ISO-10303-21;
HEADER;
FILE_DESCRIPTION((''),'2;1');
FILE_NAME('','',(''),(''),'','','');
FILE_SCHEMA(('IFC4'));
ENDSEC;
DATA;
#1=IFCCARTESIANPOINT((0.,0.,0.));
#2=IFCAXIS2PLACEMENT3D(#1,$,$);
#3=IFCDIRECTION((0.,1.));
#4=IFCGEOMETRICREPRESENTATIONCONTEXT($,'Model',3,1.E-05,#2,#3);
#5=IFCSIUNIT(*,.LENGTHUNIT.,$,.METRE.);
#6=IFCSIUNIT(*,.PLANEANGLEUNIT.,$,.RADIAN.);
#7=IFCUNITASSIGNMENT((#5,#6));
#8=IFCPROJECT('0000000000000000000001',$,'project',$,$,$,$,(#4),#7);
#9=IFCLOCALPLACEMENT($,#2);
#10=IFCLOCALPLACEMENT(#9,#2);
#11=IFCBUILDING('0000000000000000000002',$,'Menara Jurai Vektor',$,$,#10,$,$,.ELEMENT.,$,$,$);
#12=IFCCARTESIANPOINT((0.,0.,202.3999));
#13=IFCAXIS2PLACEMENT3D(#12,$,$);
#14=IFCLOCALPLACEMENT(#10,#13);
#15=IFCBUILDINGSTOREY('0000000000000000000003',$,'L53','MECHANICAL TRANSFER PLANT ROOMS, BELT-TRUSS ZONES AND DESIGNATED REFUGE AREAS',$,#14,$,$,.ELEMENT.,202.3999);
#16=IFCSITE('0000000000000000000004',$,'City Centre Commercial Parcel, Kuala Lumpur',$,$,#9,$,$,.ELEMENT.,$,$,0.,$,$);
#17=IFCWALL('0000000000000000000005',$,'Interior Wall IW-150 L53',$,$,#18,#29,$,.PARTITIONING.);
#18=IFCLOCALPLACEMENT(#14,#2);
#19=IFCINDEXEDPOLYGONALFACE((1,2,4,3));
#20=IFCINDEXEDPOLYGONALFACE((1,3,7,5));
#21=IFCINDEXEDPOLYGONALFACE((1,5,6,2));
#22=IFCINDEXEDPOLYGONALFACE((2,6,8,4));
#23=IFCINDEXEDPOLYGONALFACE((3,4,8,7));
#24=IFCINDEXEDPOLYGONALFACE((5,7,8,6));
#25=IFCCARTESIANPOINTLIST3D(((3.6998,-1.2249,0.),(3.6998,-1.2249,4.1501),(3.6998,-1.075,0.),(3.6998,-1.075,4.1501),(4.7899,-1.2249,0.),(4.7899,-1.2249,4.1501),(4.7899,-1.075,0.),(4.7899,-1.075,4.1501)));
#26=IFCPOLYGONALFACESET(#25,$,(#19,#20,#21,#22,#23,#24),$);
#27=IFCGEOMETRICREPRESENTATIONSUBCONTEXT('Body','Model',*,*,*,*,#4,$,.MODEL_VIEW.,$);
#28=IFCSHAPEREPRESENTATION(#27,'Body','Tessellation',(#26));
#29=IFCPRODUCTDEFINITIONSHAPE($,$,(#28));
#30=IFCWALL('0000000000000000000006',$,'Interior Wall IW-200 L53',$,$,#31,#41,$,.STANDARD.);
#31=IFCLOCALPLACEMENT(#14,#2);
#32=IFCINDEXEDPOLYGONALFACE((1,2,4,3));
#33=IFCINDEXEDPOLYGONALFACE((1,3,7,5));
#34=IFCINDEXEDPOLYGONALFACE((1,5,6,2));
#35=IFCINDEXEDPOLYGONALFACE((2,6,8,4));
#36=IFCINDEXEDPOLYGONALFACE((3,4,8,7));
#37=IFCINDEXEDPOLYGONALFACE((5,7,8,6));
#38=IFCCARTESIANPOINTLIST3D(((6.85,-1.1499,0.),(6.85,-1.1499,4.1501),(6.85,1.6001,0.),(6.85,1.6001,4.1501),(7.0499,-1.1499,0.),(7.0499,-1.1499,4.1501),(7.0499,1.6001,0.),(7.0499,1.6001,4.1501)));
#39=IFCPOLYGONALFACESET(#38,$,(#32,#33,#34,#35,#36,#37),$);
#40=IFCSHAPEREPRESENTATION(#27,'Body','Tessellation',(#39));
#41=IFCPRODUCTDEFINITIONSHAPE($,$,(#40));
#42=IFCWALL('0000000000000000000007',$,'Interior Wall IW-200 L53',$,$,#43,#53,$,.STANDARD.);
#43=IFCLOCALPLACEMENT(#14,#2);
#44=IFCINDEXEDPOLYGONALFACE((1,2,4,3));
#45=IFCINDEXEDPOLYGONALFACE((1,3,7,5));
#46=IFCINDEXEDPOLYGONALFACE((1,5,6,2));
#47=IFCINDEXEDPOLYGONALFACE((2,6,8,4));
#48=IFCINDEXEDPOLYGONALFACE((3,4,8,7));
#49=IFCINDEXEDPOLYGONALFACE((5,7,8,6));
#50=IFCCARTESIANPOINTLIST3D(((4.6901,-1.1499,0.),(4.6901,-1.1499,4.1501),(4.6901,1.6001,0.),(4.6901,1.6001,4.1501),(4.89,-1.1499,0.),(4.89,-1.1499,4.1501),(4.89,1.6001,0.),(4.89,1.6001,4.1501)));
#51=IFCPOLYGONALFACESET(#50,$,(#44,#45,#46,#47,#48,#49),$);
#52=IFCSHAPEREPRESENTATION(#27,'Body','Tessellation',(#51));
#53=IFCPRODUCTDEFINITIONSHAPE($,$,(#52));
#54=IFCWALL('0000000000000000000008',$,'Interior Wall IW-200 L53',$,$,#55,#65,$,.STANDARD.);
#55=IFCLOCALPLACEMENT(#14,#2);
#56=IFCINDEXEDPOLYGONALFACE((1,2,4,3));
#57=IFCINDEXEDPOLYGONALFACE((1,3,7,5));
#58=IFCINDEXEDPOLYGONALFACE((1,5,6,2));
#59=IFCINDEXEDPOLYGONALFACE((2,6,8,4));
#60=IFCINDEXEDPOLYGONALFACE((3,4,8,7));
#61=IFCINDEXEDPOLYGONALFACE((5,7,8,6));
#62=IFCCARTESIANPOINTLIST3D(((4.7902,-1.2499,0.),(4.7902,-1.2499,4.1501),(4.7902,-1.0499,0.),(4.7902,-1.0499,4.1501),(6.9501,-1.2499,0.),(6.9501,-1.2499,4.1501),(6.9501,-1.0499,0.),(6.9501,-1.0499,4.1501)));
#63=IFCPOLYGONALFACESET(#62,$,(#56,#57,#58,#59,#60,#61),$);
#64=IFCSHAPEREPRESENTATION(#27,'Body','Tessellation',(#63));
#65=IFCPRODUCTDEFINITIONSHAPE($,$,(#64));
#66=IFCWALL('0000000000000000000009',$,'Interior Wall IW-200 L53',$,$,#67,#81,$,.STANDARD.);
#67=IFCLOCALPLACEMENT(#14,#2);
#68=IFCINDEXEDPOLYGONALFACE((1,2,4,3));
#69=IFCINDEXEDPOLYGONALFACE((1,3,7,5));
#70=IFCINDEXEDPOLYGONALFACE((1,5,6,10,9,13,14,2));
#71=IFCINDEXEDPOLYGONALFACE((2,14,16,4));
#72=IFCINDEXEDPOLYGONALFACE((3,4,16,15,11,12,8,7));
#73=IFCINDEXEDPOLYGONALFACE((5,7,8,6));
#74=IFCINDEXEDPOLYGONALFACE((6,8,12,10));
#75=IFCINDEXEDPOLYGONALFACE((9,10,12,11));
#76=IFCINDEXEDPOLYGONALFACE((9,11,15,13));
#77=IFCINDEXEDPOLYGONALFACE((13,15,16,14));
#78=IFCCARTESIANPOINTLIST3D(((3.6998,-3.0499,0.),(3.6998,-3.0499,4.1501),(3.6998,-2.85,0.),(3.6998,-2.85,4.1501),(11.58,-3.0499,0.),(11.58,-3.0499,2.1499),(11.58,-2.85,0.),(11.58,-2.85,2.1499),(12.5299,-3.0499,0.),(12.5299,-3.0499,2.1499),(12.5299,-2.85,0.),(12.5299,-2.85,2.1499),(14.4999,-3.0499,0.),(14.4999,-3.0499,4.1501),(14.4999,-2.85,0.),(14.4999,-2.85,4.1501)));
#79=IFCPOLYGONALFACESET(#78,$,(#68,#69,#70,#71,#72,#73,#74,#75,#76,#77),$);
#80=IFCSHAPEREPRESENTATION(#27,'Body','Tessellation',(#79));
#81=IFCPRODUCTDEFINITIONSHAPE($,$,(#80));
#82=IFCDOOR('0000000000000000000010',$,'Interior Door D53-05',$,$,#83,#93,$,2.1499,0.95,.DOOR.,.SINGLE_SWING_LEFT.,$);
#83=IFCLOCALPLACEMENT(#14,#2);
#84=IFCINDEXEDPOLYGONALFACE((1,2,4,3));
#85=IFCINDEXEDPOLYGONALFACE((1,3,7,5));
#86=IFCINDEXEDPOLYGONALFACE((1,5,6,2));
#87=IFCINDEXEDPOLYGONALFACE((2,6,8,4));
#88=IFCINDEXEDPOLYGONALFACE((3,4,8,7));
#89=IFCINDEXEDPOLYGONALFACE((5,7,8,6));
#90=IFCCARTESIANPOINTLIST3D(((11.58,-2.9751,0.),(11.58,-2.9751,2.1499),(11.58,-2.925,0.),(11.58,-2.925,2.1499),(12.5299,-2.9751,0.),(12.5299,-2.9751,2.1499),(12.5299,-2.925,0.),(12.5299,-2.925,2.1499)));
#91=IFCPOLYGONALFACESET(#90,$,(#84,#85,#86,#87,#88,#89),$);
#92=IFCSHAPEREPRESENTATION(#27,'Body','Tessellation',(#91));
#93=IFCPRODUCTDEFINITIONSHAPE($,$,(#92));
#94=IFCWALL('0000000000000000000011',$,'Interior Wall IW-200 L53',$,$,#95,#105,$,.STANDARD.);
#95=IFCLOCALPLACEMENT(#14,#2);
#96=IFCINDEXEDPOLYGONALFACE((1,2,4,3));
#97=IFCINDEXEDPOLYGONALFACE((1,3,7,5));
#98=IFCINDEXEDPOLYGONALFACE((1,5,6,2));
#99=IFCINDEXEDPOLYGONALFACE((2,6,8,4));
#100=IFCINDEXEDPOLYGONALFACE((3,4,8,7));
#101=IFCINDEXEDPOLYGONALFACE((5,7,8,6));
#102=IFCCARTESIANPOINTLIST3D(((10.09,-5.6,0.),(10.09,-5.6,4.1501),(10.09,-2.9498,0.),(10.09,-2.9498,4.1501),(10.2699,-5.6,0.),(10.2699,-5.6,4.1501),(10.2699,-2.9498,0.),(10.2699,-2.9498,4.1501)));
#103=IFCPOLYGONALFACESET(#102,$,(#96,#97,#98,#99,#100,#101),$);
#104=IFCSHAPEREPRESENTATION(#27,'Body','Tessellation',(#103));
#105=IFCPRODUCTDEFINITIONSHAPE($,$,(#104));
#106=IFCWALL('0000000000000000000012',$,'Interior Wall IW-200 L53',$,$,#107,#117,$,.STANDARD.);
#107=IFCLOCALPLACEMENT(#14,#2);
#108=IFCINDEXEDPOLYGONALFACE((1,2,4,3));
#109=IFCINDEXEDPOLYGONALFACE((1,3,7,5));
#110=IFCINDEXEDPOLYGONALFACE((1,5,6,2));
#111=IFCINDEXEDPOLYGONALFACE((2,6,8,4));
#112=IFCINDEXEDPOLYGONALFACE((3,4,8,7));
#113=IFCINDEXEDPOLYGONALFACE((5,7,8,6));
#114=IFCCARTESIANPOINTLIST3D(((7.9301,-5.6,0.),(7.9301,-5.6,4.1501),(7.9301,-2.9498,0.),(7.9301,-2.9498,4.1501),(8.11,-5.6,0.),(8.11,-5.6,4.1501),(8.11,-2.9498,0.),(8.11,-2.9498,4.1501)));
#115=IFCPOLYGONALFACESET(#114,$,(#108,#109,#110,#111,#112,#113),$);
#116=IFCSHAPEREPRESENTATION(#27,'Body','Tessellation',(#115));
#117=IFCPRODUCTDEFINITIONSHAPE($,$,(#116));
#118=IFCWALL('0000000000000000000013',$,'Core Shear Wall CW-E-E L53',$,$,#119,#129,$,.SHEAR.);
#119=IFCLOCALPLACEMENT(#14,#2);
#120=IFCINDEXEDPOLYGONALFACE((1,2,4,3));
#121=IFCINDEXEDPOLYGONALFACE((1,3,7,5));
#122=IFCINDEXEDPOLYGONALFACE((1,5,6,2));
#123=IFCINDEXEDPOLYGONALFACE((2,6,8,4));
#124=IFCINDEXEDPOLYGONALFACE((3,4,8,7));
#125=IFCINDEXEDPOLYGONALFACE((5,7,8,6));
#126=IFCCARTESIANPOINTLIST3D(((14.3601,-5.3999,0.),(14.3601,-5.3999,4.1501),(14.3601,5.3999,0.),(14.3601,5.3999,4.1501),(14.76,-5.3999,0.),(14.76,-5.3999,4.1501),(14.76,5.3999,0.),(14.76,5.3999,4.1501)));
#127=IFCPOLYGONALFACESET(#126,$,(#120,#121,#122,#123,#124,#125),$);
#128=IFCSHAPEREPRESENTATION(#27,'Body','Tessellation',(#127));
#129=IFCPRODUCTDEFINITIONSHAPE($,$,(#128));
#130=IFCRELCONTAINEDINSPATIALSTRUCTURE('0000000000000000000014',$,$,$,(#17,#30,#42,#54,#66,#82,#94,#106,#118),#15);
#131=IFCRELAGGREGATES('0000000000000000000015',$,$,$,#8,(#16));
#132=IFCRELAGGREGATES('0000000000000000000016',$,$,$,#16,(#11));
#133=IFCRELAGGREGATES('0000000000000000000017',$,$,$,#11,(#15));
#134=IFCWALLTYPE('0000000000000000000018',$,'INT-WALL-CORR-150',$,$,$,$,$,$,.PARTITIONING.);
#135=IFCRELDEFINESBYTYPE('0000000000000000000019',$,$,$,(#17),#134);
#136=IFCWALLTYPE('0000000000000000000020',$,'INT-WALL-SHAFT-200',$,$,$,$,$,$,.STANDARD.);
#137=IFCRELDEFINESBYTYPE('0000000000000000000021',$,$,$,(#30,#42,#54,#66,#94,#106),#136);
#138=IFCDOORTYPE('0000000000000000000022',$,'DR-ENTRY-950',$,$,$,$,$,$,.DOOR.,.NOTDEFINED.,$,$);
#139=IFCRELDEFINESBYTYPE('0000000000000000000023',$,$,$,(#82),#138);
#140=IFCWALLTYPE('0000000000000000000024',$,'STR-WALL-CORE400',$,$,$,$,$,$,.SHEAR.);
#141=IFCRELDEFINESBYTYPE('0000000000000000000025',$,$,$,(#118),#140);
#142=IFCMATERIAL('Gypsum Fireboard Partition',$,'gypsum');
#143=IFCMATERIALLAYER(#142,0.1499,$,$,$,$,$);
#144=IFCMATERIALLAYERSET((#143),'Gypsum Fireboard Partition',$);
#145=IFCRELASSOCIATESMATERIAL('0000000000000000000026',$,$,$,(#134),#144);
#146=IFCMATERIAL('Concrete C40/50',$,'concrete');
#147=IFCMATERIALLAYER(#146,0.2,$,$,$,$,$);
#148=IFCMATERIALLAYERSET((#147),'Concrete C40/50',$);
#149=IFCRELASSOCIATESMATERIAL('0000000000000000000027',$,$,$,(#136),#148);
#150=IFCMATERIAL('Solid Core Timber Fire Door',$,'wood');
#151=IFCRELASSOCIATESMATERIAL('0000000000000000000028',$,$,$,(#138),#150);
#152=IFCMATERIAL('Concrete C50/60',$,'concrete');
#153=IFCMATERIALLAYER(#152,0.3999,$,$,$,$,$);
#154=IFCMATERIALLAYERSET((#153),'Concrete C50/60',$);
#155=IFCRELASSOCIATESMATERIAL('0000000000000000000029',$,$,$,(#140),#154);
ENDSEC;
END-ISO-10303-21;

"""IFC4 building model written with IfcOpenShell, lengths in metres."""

from ifc_helpers import new_model, si_unit, direction, frame, frame_2d, origin, place, context, subcontext, project, spatial, rectangle, extrude, material, layer, layer_set, type_object, element, fill, save


model = new_model("IFC4")

# Units and contexts
model_context = context("Model", 3, precision=1e-05, world=origin(), true_north=direction((0.0, 1.0)))
body_context = subcontext(model_context, "Body", "Model", "MODEL_VIEW")
ifc_project = project(units=[si_unit("LENGTHUNIT", "METRE"), si_unit("PLANEANGLEUNIT", "RADIAN")], contexts=[model_context])

# Site, building, storey
site_placement = place(None, origin())
site = spatial("IfcSite", under=ifc_project, at=site_placement, Name="City Centre Commercial Parcel, Kuala Lumpur", CompositionType="ELEMENT", RefElevation=0.0)
building_placement = place(site_placement, origin())
building = spatial("IfcBuilding", under=site, at=building_placement, Name="Menara Jurai Vektor", CompositionType="ELEMENT")
storey_placement = place(building_placement, frame((0.0, 0.0, 202.3999)))
storey = spatial("IfcBuildingStorey", under=building, at=storey_placement, Name="L53", Description="MECHANICAL TRANSFER PLANT ROOMS, BELT-TRUSS ZONES AND DESIGNATED REFUGE AREAS", CompositionType="ELEMENT", Elevation=202.3999)

# Shared definitions
ifc_material_1 = material(Name="Concrete C50/60", Category="concrete")

# Shared definitions
ifc_material_2 = material(Name="Concrete C40/50", Category="concrete")

# Shared definitions
ifc_material_3 = material(Name="Gypsum Fireboard Partition", Category="gypsum")
ifc_layer_1 = layer(ifc_material_3, 0.1499)
ifc_layer_set_1 = layer_set([ifc_layer_1], Name="Gypsum Fireboard Partition")
wall_type_1 = type_object("IfcWallType", Name="INT-WALL-CORR-150", PredefinedType="PARTITIONING", material=ifc_layer_set_1)

# Wall
wall_1_placement = place(storey_placement, frame((3.7, -1.1499, 0.0), z_axis=(0.0, 0.0, 1.0), x_axis=(1.0, 0.0, 0.0)))
element("IfcWall", 1, at=wall_1_placement, inside=storey, type_object=wall_type_1, Name="Interior Wall IW-150 L53", PredefinedType="PARTITIONING", context=body_context, shape_type="SweptSolid", body=[
    extrude(rectangle(XDim=1.0901, YDim=0.1499, at=frame_2d((0.5449, 0.0))), origin(), (0.0, 0.0, 1.0), 4.1501),
])

# Shared definitions
ifc_layer_2 = layer(ifc_material_2, 0.2)
ifc_layer_set_2 = layer_set([ifc_layer_2], Name="Concrete C40/50")
wall_type_2 = type_object("IfcWallType", Name="INT-WALL-SHAFT-200", PredefinedType="STANDARD", material=ifc_layer_set_2)
ifc_material_4 = material(Name="Solid Core Timber Fire Door", Category="wood")
door_type_1 = type_object("IfcDoorType", Name="DR-ENTRY-950", OperationType="NOTDEFINED", PredefinedType="DOOR", material=ifc_material_4)

# Wall
wall_2_placement = place(storey_placement, frame((6.95, -1.1499, 0.0), z_axis=(0.0, 0.0, 1.0), x_axis=(0.0, 1.0, 0.0)))
element("IfcWall", 2, at=wall_2_placement, inside=storey, type_object=wall_type_2, Name="Interior Wall IW-200 L53", PredefinedType="STANDARD", context=body_context, shape_type="SweptSolid", body=[
    extrude(rectangle(XDim=2.75, YDim=0.2, at=frame_2d((1.375, 0.0))), origin(), (0.0, 0.0, 1.0), 4.1501),
])

# Walls
wall_3_placement = place(storey_placement, frame((4.79, -1.1499, 0.0), z_axis=(0.0, 0.0, 1.0), x_axis=(0.0, 1.0, 0.0)))
element("IfcWall", 3, at=wall_3_placement, inside=storey, type_object=wall_type_2, Name="Interior Wall IW-200 L53", PredefinedType="STANDARD", context=body_context, shape_type="SweptSolid", body=[
    extrude(rectangle(XDim=2.75, YDim=0.2, at=frame_2d((1.375, 0.0))), origin(), (0.0, 0.0, 1.0), 4.1501),
])
wall_4_placement = place(storey_placement, frame((4.79, -1.1499, 0.0), z_axis=(0.0, 0.0, 1.0), x_axis=(1.0, 0.0, 0.0)))
element("IfcWall", 4, at=wall_4_placement, inside=storey, type_object=wall_type_2, Name="Interior Wall IW-200 L53", PredefinedType="STANDARD", context=body_context, shape_type="SweptSolid", body=[
    extrude(rectangle(XDim=2.1599, YDim=0.2, at=frame_2d((1.0801, 0.0))), origin(), (0.0, 0.0, 1.0), 4.1501),
])

# Wall, opening, door
wall_5_placement = place(storey_placement, frame((3.7, -2.95, 0.0), z_axis=(0.0, 0.0, 1.0), x_axis=(1.0, 0.0, 0.0)))
wall_5 = element("IfcWall", 5, at=wall_5_placement, inside=storey, type_object=wall_type_2, Name="Interior Wall IW-200 L53", PredefinedType="STANDARD", context=body_context, shape_type="SweptSolid", body=[
    extrude(rectangle(XDim=10.8, YDim=0.2, at=frame_2d((5.3999, 0.0))), origin(), (0.0, 0.0, 1.0), 4.1501),
])
opening_1_placement = place(wall_5_placement, frame((7.8799, 0.0, 0.0)))
opening_1 = element("IfcOpeningElement", 6, at=opening_1_placement, cuts=wall_5, PredefinedType="OPENING", context=body_context, shape_type="SweptSolid", body=[
    extrude(rectangle(XDim=0.95, YDim=2.1499, at=frame_2d((0.4751, 1.075))), frame((0.0, 0.1099, 0.0), z_axis=(0.0, -1.0, 0.0), x_axis=(1.0, 0.0, 0.0)), (0.0, 0.0, 1.0), 0.22),
])
door_1_placement = place(opening_1_placement, origin())
door_1 = element("IfcDoor", 7, at=door_1_placement, inside=storey, type_object=door_type_1, Name="Interior Door D53-05", OperationType="SINGLE_SWING_LEFT", OverallHeight=2.1499, OverallWidth=0.95, PredefinedType="DOOR", context=body_context, shape_type="SweptSolid", body=[
    extrude(rectangle(XDim=0.95, YDim=2.1499, at=frame_2d((0.4751, 1.075))), frame((0.0, 0.0249, 0.0), z_axis=(0.0, -1.0, 0.0), x_axis=(1.0, 0.0, 0.0)), (0.0, 0.0, 1.0), 0.05),
])
fill(opening_1, door_1)

# Walls
for number, where, z_axis, x_axis, name in (
    (8, (10.1799, -5.6001, 0.0), (0.0, 0.0, 1.0), (0.0, 1.0, 0.0), "Interior Wall IW-200 L53"),
    (9, (8.02, -5.6001, 0.0), (0.0, 0.0, 1.0), (0.0, 1.0, 0.0), "Interior Wall IW-200 L53"),
):
    element("IfcWall", number, at=place(storey_placement, frame(where, z_axis=z_axis, x_axis=x_axis)), inside=storey, type_object=wall_type_2, Name=name, PredefinedType="STANDARD", context=body_context, shape_type="SweptSolid", body=[
        extrude(rectangle(XDim=2.6501, YDim=0.1799, at=frame_2d((1.3252, 0.0))), origin(), (0.0, 0.0, 1.0), 4.1501),
    ])
ifc_layer_3 = layer(ifc_material_1, 0.3999)
ifc_layer_set_3 = layer_set([ifc_layer_3], Name="Concrete C50/60")
wall_type_3 = type_object("IfcWallType", Name="STR-WALL-CORE400", PredefinedType="SHEAR", material=ifc_layer_set_3)
wall_6_placement = place(storey_placement, frame((14.5601, -5.3999, 0.0), z_axis=(0.0, 0.0, 1.0), x_axis=(0.0, 1.0, 0.0)))
element("IfcWall", 10, at=wall_6_placement, inside=storey, type_object=wall_type_3, Name="Core Shear Wall CW-E-E L53", PredefinedType="SHEAR", context=body_context, shape_type="SweptSolid", body=[
    extrude(rectangle(XDim=10.7998, YDim=0.3999, at=frame_2d((5.3999, 0.0))), origin(), (0.0, 0.0, 1.0), 4.1501),
])

save(model, "model.ifc")
